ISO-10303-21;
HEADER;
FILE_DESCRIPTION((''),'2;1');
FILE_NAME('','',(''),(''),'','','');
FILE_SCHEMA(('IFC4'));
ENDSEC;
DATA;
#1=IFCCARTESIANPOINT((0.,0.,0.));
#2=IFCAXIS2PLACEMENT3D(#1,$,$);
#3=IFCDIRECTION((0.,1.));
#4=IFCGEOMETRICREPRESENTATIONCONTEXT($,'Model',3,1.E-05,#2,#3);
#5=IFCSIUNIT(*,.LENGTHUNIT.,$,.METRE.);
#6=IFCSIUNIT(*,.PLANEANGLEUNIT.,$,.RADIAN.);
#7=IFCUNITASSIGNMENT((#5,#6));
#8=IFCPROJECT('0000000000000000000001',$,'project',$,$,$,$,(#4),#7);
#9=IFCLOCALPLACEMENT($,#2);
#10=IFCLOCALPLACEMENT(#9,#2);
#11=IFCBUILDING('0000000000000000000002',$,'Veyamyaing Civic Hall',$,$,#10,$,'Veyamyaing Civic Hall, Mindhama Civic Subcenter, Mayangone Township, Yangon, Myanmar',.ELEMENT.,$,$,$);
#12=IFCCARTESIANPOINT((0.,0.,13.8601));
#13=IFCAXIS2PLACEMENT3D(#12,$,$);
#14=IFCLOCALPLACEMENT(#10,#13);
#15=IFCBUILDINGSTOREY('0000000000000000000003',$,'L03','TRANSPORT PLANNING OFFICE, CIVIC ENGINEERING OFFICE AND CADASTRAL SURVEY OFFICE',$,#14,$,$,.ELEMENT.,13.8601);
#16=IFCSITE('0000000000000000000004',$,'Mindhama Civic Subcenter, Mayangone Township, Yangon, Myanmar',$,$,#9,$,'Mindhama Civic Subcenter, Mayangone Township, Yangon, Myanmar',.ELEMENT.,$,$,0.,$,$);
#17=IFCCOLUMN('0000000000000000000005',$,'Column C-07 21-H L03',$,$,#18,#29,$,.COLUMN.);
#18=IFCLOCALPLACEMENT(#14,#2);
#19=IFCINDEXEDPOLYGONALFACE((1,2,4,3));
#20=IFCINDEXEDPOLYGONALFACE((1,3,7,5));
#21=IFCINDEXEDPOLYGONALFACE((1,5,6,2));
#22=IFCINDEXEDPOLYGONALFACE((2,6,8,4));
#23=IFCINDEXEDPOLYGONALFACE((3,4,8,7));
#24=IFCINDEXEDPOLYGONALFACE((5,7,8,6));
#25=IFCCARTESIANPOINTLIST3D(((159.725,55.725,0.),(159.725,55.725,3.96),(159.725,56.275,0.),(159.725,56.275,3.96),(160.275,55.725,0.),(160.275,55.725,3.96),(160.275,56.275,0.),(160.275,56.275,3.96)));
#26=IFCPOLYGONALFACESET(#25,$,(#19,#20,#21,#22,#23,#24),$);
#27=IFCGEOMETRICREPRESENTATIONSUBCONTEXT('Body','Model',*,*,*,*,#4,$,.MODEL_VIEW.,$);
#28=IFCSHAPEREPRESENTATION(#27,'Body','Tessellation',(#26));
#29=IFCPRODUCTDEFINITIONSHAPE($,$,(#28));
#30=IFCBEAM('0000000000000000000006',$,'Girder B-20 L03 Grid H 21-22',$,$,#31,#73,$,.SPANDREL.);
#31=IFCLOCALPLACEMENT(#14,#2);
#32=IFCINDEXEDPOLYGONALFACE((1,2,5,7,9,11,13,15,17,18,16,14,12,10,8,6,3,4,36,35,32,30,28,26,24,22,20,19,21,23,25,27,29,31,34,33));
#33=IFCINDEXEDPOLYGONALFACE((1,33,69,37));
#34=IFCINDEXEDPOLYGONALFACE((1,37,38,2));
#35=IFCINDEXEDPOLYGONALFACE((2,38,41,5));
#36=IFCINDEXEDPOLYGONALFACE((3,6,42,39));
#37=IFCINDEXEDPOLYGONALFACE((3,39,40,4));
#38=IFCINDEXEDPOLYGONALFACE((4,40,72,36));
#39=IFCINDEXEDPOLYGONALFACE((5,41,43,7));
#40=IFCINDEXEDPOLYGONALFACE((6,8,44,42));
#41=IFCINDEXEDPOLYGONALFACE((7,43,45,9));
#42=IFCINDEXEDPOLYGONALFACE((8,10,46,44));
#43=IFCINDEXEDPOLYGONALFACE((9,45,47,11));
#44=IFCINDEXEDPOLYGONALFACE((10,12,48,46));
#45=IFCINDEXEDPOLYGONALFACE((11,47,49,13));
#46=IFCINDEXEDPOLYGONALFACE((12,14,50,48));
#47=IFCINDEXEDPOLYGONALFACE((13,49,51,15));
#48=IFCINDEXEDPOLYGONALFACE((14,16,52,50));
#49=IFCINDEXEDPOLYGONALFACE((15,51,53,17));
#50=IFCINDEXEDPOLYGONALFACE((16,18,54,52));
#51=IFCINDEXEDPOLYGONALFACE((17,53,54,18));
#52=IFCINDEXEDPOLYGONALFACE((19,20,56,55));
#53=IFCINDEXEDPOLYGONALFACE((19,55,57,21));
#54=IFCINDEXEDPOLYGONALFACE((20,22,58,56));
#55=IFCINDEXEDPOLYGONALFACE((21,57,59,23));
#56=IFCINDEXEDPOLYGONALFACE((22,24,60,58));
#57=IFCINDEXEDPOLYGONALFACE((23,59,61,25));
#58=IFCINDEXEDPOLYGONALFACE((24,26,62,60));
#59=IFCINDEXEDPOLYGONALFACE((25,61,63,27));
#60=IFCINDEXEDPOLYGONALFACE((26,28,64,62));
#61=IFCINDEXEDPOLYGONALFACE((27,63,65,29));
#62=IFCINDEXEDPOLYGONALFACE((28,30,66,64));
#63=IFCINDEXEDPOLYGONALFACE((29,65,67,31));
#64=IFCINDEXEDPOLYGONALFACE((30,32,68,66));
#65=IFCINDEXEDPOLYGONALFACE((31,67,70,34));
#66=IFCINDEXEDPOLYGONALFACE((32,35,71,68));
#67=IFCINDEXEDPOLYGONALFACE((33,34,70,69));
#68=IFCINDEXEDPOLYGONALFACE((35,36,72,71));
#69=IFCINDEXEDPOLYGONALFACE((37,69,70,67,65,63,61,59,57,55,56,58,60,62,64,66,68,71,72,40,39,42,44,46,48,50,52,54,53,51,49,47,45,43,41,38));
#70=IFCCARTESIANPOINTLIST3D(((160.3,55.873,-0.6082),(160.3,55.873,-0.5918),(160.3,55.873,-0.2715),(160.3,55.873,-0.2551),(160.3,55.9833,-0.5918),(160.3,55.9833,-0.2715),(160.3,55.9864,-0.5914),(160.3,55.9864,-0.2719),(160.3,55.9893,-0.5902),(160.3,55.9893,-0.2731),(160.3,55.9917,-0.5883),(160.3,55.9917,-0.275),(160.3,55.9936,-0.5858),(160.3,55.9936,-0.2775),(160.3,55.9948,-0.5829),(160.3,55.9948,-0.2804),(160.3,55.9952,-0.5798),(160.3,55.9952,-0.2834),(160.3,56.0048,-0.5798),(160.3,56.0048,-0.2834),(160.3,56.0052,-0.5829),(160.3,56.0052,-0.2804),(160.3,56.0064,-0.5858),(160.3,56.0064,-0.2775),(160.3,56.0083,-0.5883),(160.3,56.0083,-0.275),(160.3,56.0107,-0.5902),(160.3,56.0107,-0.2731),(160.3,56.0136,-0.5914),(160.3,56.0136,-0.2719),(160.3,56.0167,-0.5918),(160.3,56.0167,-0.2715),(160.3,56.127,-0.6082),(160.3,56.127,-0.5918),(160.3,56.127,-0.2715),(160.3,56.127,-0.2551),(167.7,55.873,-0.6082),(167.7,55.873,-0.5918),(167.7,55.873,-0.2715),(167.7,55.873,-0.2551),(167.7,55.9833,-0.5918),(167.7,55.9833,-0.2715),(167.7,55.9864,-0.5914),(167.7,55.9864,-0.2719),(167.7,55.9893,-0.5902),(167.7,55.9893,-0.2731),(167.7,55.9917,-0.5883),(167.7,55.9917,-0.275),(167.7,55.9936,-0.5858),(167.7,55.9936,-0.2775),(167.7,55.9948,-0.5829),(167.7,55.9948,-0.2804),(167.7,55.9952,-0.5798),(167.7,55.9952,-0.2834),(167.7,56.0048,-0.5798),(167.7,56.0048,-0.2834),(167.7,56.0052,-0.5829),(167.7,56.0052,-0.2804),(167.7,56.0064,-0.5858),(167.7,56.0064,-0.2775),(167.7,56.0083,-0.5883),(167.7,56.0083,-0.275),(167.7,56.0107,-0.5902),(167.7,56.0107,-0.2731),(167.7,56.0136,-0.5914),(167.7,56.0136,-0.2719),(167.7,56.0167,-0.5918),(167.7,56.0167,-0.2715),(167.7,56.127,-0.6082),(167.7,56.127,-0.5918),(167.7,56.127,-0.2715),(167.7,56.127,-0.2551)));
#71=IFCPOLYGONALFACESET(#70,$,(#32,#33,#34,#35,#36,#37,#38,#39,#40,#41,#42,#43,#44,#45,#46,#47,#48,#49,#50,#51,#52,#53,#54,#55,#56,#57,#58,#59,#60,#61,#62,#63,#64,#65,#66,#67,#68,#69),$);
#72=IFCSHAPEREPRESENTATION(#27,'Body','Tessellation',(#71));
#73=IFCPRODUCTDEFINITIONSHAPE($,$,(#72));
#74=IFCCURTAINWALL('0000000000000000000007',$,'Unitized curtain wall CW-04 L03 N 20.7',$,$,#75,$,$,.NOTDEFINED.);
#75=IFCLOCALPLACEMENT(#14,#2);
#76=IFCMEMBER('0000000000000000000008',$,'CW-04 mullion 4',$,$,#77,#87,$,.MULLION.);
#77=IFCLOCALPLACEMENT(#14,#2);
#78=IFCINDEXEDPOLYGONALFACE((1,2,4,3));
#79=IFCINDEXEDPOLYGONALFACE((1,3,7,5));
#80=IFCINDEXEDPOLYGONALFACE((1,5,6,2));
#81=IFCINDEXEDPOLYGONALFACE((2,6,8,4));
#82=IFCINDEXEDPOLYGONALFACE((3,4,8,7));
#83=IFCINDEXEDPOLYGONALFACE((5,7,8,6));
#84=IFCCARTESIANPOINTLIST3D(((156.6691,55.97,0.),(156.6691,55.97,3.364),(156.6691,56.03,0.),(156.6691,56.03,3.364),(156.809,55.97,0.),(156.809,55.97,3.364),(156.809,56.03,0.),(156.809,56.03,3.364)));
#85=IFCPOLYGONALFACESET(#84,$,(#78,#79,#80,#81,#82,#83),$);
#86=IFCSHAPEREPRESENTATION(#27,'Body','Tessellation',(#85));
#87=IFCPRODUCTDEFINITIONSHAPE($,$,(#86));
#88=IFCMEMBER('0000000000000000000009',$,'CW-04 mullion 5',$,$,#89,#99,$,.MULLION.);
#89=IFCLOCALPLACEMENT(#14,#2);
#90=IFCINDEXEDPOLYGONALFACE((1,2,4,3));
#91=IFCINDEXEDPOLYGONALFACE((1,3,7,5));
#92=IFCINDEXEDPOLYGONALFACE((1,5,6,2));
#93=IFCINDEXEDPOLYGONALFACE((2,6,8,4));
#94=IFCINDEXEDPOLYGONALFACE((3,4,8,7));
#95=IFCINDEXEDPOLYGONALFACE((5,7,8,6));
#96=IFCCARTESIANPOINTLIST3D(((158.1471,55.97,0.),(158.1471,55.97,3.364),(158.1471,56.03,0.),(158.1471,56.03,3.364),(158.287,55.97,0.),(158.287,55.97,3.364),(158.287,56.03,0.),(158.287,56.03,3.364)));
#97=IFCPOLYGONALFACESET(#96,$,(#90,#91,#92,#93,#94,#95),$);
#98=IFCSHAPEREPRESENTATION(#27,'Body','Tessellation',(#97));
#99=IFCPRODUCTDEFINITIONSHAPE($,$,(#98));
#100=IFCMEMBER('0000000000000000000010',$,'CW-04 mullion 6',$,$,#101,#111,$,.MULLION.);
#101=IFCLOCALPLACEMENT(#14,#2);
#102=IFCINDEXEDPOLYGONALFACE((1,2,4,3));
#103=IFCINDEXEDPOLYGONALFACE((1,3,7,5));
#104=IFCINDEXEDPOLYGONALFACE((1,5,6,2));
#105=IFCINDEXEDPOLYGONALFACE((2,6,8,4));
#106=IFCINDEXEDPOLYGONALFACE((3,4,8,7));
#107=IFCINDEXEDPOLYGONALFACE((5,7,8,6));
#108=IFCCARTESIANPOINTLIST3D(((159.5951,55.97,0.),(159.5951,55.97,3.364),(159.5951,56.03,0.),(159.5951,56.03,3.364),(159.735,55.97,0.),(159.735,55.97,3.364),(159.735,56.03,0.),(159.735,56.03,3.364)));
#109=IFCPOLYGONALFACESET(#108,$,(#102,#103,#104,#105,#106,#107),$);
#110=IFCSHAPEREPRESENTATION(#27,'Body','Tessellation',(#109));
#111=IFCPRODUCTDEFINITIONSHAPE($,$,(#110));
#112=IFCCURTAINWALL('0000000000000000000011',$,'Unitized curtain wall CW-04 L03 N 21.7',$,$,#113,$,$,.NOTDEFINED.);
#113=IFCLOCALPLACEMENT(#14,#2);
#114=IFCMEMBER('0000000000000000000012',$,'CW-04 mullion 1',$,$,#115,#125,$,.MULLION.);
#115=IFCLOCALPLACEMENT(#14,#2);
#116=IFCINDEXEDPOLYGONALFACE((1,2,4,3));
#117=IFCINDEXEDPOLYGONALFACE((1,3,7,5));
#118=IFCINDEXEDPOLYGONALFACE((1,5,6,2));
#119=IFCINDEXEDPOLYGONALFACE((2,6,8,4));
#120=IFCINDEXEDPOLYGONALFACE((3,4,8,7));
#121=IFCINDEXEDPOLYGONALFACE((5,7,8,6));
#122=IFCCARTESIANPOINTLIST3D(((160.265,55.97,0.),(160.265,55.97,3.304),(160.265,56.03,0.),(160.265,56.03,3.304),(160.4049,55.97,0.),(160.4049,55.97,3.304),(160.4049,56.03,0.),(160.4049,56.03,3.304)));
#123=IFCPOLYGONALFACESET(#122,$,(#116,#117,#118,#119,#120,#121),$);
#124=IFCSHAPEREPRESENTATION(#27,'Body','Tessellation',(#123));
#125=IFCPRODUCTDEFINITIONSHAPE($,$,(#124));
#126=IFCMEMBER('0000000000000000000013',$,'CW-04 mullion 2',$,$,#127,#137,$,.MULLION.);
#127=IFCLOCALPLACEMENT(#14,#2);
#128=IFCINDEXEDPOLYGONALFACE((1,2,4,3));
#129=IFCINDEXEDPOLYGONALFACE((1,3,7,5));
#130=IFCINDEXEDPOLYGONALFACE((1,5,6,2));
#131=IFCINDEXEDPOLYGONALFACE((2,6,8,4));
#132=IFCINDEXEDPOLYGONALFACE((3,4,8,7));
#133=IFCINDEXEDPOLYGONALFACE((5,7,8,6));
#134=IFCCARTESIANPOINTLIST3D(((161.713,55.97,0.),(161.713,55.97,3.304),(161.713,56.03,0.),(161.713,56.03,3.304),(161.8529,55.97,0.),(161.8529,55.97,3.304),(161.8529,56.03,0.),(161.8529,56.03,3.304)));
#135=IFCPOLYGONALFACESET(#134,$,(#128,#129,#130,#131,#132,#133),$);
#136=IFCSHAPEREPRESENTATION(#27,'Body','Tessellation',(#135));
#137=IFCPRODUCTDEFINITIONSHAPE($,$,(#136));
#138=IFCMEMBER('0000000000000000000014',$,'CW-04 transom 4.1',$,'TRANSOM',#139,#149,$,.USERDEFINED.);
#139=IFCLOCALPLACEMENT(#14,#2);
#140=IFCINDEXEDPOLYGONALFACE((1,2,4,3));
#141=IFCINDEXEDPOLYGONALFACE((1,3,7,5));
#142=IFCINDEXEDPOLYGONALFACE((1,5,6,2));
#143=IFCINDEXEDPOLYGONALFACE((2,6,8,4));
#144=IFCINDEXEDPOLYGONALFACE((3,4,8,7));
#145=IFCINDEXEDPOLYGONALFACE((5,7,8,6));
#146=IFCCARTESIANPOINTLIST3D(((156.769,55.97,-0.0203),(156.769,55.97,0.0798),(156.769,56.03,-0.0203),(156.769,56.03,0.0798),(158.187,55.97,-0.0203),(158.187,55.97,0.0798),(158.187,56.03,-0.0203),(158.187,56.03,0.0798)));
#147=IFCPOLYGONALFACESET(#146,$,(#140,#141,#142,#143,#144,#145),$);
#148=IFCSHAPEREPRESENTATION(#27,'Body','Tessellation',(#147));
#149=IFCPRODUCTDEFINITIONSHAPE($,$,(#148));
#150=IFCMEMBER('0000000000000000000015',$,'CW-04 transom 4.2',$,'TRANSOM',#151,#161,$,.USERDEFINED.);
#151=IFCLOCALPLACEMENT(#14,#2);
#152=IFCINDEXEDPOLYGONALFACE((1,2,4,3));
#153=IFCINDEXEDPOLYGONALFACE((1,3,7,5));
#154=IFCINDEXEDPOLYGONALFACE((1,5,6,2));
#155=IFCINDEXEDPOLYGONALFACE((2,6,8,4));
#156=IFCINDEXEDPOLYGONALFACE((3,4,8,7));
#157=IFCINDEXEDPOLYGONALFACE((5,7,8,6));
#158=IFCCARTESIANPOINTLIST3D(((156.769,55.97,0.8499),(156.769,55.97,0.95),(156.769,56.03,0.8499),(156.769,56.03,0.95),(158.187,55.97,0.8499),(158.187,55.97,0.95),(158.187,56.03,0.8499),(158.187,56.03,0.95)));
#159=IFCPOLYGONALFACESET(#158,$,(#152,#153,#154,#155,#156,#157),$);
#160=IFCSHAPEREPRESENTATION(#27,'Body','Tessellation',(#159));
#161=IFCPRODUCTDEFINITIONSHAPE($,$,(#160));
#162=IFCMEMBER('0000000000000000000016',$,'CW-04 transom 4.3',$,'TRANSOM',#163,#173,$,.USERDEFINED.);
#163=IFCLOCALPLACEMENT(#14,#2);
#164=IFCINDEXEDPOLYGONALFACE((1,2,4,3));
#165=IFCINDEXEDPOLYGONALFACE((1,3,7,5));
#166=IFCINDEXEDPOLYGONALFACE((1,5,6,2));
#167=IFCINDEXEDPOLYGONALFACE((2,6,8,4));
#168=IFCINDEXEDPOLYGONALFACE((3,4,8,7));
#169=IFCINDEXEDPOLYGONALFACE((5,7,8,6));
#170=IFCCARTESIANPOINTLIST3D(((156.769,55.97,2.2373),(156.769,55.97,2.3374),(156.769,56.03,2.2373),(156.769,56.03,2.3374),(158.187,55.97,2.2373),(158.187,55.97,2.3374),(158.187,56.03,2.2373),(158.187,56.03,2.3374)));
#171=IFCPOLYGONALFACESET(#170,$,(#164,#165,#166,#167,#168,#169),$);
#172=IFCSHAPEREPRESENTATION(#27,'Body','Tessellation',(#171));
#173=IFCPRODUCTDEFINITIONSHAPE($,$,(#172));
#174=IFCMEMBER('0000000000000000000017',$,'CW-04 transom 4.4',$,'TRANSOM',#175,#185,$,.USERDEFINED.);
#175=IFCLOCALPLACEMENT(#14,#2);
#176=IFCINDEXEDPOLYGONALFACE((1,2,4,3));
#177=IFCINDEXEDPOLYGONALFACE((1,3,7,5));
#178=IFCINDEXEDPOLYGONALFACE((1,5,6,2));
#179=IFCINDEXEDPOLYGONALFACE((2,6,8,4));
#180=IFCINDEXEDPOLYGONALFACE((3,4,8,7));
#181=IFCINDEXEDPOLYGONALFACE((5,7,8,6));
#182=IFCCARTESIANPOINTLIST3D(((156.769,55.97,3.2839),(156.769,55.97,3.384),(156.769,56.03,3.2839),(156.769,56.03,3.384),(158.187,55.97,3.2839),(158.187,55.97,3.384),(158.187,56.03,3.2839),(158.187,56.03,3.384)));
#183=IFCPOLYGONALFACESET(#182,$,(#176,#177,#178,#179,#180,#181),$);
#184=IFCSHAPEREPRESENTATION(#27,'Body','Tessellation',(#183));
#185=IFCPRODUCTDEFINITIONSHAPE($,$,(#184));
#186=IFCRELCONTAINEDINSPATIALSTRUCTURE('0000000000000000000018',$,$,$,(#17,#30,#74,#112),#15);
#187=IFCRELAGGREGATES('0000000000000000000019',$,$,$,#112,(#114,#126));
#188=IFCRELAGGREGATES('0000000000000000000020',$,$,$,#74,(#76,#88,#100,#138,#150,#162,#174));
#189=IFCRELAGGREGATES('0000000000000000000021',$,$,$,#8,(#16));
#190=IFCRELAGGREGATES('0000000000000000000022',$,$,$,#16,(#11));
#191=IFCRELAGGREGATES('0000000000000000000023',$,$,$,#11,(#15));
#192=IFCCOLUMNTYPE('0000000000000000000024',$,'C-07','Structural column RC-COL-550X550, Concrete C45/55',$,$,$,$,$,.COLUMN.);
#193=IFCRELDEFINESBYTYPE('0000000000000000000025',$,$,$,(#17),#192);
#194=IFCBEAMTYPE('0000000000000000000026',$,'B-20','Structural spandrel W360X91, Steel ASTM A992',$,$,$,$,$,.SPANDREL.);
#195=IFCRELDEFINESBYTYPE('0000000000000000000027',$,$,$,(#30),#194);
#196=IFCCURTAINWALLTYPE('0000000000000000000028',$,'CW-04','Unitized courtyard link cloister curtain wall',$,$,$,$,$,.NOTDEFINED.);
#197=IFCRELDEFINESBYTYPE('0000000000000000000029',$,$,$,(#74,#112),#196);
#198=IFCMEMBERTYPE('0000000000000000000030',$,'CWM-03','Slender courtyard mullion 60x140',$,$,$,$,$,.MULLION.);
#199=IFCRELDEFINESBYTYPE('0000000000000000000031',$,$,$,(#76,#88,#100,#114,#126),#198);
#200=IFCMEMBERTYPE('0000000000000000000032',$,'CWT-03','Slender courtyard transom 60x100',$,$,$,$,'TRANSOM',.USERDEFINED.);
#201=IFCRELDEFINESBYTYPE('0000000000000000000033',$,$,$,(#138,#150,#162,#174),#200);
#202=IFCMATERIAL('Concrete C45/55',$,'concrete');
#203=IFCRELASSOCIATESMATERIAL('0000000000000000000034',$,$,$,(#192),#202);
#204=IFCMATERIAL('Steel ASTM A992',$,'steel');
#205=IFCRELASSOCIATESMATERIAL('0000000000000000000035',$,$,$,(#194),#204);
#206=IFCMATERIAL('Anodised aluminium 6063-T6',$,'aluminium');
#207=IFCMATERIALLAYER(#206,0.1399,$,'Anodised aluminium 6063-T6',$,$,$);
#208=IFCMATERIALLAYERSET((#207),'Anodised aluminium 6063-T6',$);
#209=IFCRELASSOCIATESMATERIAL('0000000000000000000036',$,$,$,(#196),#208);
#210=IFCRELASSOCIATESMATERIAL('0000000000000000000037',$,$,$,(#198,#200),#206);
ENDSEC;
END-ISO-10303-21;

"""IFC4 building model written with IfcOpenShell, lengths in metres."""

from ifc_helpers import new_model, si_unit, direction, frame, origin, origin_2d, place, context, subcontext, project, spatial, rectangle, i_section, extrude, material, layer, layer_set, material_profile, profile_set, type_object, element, aggregate, save


model = new_model("IFC4")

# Units and contexts
model_context = context("Model", 3, precision=1e-05, world=origin(), true_north=direction((0.0, 1.0)))
body_context = subcontext(model_context, "Body", "Model", "MODEL_VIEW")
ifc_project = project(units=[si_unit("LENGTHUNIT", "METRE"), si_unit("PLANEANGLEUNIT", "RADIAN")], contexts=[model_context])

# Site, building, storey
site_placement = place(None, origin())
site = spatial("IfcSite", under=ifc_project, at=site_placement, Name="Mindhama Civic Subcenter, Mayangone Township, Yangon, Myanmar", LongName="Mindhama Civic Subcenter, Mayangone Township, Yangon, Myanmar", CompositionType="ELEMENT", RefElevation=0.0)
building_placement = place(site_placement, origin())
building = spatial("IfcBuilding", under=site, at=building_placement, Name="Veyamyaing Civic Hall", LongName="Veyamyaing Civic Hall, Mindhama Civic Subcenter, Mayangone Township, Yangon, Myanmar", CompositionType="ELEMENT")
storey_placement = place(building_placement, frame((0.0, 0.0, 13.8601)))
storey = spatial("IfcBuildingStorey", under=building, at=storey_placement, Name="L03", Description="TRANSPORT PLANNING OFFICE, CIVIC ENGINEERING OFFICE AND CADASTRAL SURVEY OFFICE", CompositionType="ELEMENT", Elevation=13.8601)

# Column
ifc_material_1 = material(Name="Concrete C45/55", Category="concrete")
ifc_material_profile_1 = material_profile(ifc_material_1, rectangle(XDim=0.55, YDim=0.55, at=origin_2d()), Name="RC-COL-550X550")
ifc_profile_set_1 = profile_set([ifc_material_profile_1], Name="Concrete C45/55")
column_type = type_object("IfcColumnType", Name="C-07", Description="Structural column RC-COL-550X550, Concrete C45/55", PredefinedType="COLUMN", material=ifc_profile_set_1)
column_placement = place(storey_placement, frame((160.0, 56.0, 0.0), z_axis=(0.0, 0.0, 1.0), x_axis=(1.0, 0.0, 0.0)))
element("IfcColumn", 1, at=column_placement, inside=storey, type_object=column_type, Name="Column C-07 21-H L03", PredefinedType="COLUMN", context=body_context, shape_type="SweptSolid", body=[
    extrude(rectangle(XDim=0.55, YDim=0.55, at=origin_2d()), origin(), (0.0, 0.0, 1.0), 3.96),
])

# Beam
ifc_material_2 = material(Name="Steel ASTM A992", Category="steel")
ifc_material_profile_2 = material_profile(ifc_material_2, i_section(OverallWidth=0.2539, OverallDepth=0.353, WebThickness=0.0095, FlangeThickness=0.0164, FilletRadius=0.012, at=origin_2d()), Name="W360X91")
ifc_profile_set_2 = profile_set([ifc_material_profile_2], Name="Steel ASTM A992")
beam_type_1 = type_object("IfcBeamType", Name="B-20", Description="Structural spandrel W360X91, Steel ASTM A992", PredefinedType="SPANDREL", material=ifc_profile_set_2)
beam_1_placement = place(storey_placement, frame((160.3, 56.0, -0.4316), z_axis=(1.0, 0.0, 0.0), x_axis=(0.0, 1.0, 0.0)))
element("IfcBeam", 2, at=beam_1_placement, inside=storey, type_object=beam_type_1, Name="Girder B-20 L03 Grid H 21-22", PredefinedType="SPANDREL", context=body_context, shape_type="SweptSolid", body=[
    extrude(i_section(OverallWidth=0.2539, OverallDepth=0.353, WebThickness=0.0095, FlangeThickness=0.0164, FilletRadius=0.012, at=origin_2d()), origin(), (0.0, 0.0, 1.0), 7.3999),
])

# Curtain walls, members
ifc_material_3 = material(Name="Anodised aluminium 6063-T6", Category="aluminium")
ifc_layer_1 = layer(ifc_material_3, 0.1399, Name="Anodised aluminium 6063-T6")
ifc_layer_set_1 = layer_set([ifc_layer_1], Name="Anodised aluminium 6063-T6")
curtain_wall_type = type_object("IfcCurtainWallType", Name="CW-04", Description="Unitized courtyard link cloister curtain wall", PredefinedType="NOTDEFINED", material=ifc_layer_set_1)
curtain_wall_1_placement = place(storey_placement, origin())
curtain_wall_1 = element("IfcCurtainWall", 3, at=curtain_wall_1_placement, inside=storey, type_object=curtain_wall_type, Name="Unitized curtain wall CW-04 L03 N 20.7", PredefinedType="NOTDEFINED")
ifc_material_profile_3 = material_profile(ifc_material_3, rectangle(XDim=0.0601, YDim=0.1399, at=origin_2d()), Name="ALU-MUL-60X140")
ifc_profile_set_3 = profile_set([ifc_material_profile_3], Name="Anodised aluminium 6063-T6")
member_type_1 = type_object("IfcMemberType", Name="CWM-03", Description="Slender courtyard mullion 60x140", PredefinedType="MULLION", material=ifc_profile_set_3)
member_1_placement = place(storey_placement, frame((156.739, 56.0, 0.0), z_axis=(0.0, 0.0, 1.0), x_axis=(0.0, 1.0, 0.0)))
member_1 = element("IfcMember", 4, at=member_1_placement, type_object=member_type_1, Name="CW-04 mullion 4", PredefinedType="MULLION", context=body_context, shape_type="SweptSolid", body=[
    extrude(rectangle(XDim=0.0601, YDim=0.1399, at=origin_2d()), origin(), (0.0, 0.0, 1.0), 3.364),
])
member_2_placement = place(storey_placement, frame((158.217, 56.0, 0.0), z_axis=(0.0, 0.0, 1.0), x_axis=(0.0, 1.0, 0.0)))
member_2 = element("IfcMember", 5, at=member_2_placement, type_object=member_type_1, Name="CW-04 mullion 5", PredefinedType="MULLION", context=body_context, shape_type="SweptSolid", body=[
    extrude(rectangle(XDim=0.0601, YDim=0.1399, at=origin_2d()), origin(), (0.0, 0.0, 1.0), 3.364),
])
member_3_placement = place(storey_placement, frame((159.665, 56.0, 0.0), z_axis=(0.0, 0.0, 1.0), x_axis=(0.0, 1.0, 0.0)))
member_3 = element("IfcMember", 6, at=member_3_placement, type_object=member_type_1, Name="CW-04 mullion 6", PredefinedType="MULLION", context=body_context, shape_type="SweptSolid", body=[
    extrude(rectangle(XDim=0.0601, YDim=0.1399, at=origin_2d()), origin(), (0.0, 0.0, 1.0), 3.364),
])
curtain_wall_2_placement = place(storey_placement, origin())
curtain_wall_2 = element("IfcCurtainWall", 7, at=curtain_wall_2_placement, inside=storey, type_object=curtain_wall_type, Name="Unitized curtain wall CW-04 L03 N 21.7", PredefinedType="NOTDEFINED")
member_4_placement = place(storey_placement, frame((160.335, 56.0, 0.0), z_axis=(0.0, 0.0, 1.0), x_axis=(0.0, 1.0, 0.0)))
member_4 = element("IfcMember", 8, at=member_4_placement, type_object=member_type_1, Name="CW-04 mullion 1", PredefinedType="MULLION", context=body_context, shape_type="SweptSolid", body=[
    extrude(rectangle(XDim=0.0601, YDim=0.1399, at=origin_2d()), origin(), (0.0, 0.0, 1.0), 3.304),
])
member_5_placement = place(storey_placement, frame((161.783, 56.0, 0.0), z_axis=(0.0, 0.0, 1.0), x_axis=(0.0, 1.0, 0.0)))
member_5 = element("IfcMember", 9, at=member_5_placement, type_object=member_type_1, Name="CW-04 mullion 2", PredefinedType="MULLION", context=body_context, shape_type="SweptSolid", body=[
    extrude(rectangle(XDim=0.0601, YDim=0.1399, at=origin_2d()), origin(), (0.0, 0.0, 1.0), 3.304),
])

# Members
ifc_material_profile_4 = material_profile(ifc_material_3, rectangle(XDim=0.0601, YDim=0.1001, at=origin_2d()), Name="ALU-TRN-60X100")
ifc_profile_set_4 = profile_set([ifc_material_profile_4], Name="Anodised aluminium 6063-T6")
member_type_2 = type_object("IfcMemberType", Name="CWT-03", Description="Slender courtyard transom 60x100", ElementType="TRANSOM", PredefinedType="USERDEFINED", material=ifc_profile_set_4)
member_6_placement = place(storey_placement, frame((156.769, 56.0, 0.0298), z_axis=(1.0, 0.0, 0.0), x_axis=(0.0, 1.0, 0.0)))
member_6 = element("IfcMember", 10, at=member_6_placement, type_object=member_type_2, Name="CW-04 transom 4.1", ObjectType="TRANSOM", PredefinedType="USERDEFINED", context=body_context, shape_type="SweptSolid", body=[
    extrude(rectangle(XDim=0.0601, YDim=0.1001, at=origin_2d()), origin(), (0.0, 0.0, 1.0), 1.418),
])
member_7_placement = place(storey_placement, frame((156.769, 56.0, 0.8999), z_axis=(1.0, 0.0, 0.0), x_axis=(0.0, 1.0, 0.0)))
member_7 = element("IfcMember", 11, at=member_7_placement, type_object=member_type_2, Name="CW-04 transom 4.2", ObjectType="TRANSOM", PredefinedType="USERDEFINED", context=body_context, shape_type="SweptSolid", body=[
    extrude(rectangle(XDim=0.0601, YDim=0.1001, at=origin_2d()), origin(), (0.0, 0.0, 1.0), 1.418),
])
member_8_placement = place(storey_placement, frame((156.769, 56.0, 2.2874), z_axis=(1.0, 0.0, 0.0), x_axis=(0.0, 1.0, 0.0)))
member_8 = element("IfcMember", 12, at=member_8_placement, type_object=member_type_2, Name="CW-04 transom 4.3", ObjectType="TRANSOM", PredefinedType="USERDEFINED", context=body_context, shape_type="SweptSolid", body=[
    extrude(rectangle(XDim=0.0601, YDim=0.1001, at=origin_2d()), origin(), (0.0, 0.0, 1.0), 1.418),
])
member_9_placement = place(storey_placement, frame((156.769, 56.0, 3.334), z_axis=(1.0, 0.0, 0.0), x_axis=(0.0, 1.0, 0.0)))
member_9 = element("IfcMember", 13, at=member_9_placement, type_object=member_type_2, Name="CW-04 transom 4.4", ObjectType="TRANSOM", PredefinedType="USERDEFINED", context=body_context, shape_type="SweptSolid", body=[
    extrude(rectangle(XDim=0.0601, YDim=0.1001, at=origin_2d()), origin(), (0.0, 0.0, 1.0), 1.418),
])

aggregate(curtain_wall_2, [member_4, member_5])
aggregate(curtain_wall_1, [member_1, member_2, member_3, member_6, member_7, member_8, member_9])

save(model, "model.ifc")
